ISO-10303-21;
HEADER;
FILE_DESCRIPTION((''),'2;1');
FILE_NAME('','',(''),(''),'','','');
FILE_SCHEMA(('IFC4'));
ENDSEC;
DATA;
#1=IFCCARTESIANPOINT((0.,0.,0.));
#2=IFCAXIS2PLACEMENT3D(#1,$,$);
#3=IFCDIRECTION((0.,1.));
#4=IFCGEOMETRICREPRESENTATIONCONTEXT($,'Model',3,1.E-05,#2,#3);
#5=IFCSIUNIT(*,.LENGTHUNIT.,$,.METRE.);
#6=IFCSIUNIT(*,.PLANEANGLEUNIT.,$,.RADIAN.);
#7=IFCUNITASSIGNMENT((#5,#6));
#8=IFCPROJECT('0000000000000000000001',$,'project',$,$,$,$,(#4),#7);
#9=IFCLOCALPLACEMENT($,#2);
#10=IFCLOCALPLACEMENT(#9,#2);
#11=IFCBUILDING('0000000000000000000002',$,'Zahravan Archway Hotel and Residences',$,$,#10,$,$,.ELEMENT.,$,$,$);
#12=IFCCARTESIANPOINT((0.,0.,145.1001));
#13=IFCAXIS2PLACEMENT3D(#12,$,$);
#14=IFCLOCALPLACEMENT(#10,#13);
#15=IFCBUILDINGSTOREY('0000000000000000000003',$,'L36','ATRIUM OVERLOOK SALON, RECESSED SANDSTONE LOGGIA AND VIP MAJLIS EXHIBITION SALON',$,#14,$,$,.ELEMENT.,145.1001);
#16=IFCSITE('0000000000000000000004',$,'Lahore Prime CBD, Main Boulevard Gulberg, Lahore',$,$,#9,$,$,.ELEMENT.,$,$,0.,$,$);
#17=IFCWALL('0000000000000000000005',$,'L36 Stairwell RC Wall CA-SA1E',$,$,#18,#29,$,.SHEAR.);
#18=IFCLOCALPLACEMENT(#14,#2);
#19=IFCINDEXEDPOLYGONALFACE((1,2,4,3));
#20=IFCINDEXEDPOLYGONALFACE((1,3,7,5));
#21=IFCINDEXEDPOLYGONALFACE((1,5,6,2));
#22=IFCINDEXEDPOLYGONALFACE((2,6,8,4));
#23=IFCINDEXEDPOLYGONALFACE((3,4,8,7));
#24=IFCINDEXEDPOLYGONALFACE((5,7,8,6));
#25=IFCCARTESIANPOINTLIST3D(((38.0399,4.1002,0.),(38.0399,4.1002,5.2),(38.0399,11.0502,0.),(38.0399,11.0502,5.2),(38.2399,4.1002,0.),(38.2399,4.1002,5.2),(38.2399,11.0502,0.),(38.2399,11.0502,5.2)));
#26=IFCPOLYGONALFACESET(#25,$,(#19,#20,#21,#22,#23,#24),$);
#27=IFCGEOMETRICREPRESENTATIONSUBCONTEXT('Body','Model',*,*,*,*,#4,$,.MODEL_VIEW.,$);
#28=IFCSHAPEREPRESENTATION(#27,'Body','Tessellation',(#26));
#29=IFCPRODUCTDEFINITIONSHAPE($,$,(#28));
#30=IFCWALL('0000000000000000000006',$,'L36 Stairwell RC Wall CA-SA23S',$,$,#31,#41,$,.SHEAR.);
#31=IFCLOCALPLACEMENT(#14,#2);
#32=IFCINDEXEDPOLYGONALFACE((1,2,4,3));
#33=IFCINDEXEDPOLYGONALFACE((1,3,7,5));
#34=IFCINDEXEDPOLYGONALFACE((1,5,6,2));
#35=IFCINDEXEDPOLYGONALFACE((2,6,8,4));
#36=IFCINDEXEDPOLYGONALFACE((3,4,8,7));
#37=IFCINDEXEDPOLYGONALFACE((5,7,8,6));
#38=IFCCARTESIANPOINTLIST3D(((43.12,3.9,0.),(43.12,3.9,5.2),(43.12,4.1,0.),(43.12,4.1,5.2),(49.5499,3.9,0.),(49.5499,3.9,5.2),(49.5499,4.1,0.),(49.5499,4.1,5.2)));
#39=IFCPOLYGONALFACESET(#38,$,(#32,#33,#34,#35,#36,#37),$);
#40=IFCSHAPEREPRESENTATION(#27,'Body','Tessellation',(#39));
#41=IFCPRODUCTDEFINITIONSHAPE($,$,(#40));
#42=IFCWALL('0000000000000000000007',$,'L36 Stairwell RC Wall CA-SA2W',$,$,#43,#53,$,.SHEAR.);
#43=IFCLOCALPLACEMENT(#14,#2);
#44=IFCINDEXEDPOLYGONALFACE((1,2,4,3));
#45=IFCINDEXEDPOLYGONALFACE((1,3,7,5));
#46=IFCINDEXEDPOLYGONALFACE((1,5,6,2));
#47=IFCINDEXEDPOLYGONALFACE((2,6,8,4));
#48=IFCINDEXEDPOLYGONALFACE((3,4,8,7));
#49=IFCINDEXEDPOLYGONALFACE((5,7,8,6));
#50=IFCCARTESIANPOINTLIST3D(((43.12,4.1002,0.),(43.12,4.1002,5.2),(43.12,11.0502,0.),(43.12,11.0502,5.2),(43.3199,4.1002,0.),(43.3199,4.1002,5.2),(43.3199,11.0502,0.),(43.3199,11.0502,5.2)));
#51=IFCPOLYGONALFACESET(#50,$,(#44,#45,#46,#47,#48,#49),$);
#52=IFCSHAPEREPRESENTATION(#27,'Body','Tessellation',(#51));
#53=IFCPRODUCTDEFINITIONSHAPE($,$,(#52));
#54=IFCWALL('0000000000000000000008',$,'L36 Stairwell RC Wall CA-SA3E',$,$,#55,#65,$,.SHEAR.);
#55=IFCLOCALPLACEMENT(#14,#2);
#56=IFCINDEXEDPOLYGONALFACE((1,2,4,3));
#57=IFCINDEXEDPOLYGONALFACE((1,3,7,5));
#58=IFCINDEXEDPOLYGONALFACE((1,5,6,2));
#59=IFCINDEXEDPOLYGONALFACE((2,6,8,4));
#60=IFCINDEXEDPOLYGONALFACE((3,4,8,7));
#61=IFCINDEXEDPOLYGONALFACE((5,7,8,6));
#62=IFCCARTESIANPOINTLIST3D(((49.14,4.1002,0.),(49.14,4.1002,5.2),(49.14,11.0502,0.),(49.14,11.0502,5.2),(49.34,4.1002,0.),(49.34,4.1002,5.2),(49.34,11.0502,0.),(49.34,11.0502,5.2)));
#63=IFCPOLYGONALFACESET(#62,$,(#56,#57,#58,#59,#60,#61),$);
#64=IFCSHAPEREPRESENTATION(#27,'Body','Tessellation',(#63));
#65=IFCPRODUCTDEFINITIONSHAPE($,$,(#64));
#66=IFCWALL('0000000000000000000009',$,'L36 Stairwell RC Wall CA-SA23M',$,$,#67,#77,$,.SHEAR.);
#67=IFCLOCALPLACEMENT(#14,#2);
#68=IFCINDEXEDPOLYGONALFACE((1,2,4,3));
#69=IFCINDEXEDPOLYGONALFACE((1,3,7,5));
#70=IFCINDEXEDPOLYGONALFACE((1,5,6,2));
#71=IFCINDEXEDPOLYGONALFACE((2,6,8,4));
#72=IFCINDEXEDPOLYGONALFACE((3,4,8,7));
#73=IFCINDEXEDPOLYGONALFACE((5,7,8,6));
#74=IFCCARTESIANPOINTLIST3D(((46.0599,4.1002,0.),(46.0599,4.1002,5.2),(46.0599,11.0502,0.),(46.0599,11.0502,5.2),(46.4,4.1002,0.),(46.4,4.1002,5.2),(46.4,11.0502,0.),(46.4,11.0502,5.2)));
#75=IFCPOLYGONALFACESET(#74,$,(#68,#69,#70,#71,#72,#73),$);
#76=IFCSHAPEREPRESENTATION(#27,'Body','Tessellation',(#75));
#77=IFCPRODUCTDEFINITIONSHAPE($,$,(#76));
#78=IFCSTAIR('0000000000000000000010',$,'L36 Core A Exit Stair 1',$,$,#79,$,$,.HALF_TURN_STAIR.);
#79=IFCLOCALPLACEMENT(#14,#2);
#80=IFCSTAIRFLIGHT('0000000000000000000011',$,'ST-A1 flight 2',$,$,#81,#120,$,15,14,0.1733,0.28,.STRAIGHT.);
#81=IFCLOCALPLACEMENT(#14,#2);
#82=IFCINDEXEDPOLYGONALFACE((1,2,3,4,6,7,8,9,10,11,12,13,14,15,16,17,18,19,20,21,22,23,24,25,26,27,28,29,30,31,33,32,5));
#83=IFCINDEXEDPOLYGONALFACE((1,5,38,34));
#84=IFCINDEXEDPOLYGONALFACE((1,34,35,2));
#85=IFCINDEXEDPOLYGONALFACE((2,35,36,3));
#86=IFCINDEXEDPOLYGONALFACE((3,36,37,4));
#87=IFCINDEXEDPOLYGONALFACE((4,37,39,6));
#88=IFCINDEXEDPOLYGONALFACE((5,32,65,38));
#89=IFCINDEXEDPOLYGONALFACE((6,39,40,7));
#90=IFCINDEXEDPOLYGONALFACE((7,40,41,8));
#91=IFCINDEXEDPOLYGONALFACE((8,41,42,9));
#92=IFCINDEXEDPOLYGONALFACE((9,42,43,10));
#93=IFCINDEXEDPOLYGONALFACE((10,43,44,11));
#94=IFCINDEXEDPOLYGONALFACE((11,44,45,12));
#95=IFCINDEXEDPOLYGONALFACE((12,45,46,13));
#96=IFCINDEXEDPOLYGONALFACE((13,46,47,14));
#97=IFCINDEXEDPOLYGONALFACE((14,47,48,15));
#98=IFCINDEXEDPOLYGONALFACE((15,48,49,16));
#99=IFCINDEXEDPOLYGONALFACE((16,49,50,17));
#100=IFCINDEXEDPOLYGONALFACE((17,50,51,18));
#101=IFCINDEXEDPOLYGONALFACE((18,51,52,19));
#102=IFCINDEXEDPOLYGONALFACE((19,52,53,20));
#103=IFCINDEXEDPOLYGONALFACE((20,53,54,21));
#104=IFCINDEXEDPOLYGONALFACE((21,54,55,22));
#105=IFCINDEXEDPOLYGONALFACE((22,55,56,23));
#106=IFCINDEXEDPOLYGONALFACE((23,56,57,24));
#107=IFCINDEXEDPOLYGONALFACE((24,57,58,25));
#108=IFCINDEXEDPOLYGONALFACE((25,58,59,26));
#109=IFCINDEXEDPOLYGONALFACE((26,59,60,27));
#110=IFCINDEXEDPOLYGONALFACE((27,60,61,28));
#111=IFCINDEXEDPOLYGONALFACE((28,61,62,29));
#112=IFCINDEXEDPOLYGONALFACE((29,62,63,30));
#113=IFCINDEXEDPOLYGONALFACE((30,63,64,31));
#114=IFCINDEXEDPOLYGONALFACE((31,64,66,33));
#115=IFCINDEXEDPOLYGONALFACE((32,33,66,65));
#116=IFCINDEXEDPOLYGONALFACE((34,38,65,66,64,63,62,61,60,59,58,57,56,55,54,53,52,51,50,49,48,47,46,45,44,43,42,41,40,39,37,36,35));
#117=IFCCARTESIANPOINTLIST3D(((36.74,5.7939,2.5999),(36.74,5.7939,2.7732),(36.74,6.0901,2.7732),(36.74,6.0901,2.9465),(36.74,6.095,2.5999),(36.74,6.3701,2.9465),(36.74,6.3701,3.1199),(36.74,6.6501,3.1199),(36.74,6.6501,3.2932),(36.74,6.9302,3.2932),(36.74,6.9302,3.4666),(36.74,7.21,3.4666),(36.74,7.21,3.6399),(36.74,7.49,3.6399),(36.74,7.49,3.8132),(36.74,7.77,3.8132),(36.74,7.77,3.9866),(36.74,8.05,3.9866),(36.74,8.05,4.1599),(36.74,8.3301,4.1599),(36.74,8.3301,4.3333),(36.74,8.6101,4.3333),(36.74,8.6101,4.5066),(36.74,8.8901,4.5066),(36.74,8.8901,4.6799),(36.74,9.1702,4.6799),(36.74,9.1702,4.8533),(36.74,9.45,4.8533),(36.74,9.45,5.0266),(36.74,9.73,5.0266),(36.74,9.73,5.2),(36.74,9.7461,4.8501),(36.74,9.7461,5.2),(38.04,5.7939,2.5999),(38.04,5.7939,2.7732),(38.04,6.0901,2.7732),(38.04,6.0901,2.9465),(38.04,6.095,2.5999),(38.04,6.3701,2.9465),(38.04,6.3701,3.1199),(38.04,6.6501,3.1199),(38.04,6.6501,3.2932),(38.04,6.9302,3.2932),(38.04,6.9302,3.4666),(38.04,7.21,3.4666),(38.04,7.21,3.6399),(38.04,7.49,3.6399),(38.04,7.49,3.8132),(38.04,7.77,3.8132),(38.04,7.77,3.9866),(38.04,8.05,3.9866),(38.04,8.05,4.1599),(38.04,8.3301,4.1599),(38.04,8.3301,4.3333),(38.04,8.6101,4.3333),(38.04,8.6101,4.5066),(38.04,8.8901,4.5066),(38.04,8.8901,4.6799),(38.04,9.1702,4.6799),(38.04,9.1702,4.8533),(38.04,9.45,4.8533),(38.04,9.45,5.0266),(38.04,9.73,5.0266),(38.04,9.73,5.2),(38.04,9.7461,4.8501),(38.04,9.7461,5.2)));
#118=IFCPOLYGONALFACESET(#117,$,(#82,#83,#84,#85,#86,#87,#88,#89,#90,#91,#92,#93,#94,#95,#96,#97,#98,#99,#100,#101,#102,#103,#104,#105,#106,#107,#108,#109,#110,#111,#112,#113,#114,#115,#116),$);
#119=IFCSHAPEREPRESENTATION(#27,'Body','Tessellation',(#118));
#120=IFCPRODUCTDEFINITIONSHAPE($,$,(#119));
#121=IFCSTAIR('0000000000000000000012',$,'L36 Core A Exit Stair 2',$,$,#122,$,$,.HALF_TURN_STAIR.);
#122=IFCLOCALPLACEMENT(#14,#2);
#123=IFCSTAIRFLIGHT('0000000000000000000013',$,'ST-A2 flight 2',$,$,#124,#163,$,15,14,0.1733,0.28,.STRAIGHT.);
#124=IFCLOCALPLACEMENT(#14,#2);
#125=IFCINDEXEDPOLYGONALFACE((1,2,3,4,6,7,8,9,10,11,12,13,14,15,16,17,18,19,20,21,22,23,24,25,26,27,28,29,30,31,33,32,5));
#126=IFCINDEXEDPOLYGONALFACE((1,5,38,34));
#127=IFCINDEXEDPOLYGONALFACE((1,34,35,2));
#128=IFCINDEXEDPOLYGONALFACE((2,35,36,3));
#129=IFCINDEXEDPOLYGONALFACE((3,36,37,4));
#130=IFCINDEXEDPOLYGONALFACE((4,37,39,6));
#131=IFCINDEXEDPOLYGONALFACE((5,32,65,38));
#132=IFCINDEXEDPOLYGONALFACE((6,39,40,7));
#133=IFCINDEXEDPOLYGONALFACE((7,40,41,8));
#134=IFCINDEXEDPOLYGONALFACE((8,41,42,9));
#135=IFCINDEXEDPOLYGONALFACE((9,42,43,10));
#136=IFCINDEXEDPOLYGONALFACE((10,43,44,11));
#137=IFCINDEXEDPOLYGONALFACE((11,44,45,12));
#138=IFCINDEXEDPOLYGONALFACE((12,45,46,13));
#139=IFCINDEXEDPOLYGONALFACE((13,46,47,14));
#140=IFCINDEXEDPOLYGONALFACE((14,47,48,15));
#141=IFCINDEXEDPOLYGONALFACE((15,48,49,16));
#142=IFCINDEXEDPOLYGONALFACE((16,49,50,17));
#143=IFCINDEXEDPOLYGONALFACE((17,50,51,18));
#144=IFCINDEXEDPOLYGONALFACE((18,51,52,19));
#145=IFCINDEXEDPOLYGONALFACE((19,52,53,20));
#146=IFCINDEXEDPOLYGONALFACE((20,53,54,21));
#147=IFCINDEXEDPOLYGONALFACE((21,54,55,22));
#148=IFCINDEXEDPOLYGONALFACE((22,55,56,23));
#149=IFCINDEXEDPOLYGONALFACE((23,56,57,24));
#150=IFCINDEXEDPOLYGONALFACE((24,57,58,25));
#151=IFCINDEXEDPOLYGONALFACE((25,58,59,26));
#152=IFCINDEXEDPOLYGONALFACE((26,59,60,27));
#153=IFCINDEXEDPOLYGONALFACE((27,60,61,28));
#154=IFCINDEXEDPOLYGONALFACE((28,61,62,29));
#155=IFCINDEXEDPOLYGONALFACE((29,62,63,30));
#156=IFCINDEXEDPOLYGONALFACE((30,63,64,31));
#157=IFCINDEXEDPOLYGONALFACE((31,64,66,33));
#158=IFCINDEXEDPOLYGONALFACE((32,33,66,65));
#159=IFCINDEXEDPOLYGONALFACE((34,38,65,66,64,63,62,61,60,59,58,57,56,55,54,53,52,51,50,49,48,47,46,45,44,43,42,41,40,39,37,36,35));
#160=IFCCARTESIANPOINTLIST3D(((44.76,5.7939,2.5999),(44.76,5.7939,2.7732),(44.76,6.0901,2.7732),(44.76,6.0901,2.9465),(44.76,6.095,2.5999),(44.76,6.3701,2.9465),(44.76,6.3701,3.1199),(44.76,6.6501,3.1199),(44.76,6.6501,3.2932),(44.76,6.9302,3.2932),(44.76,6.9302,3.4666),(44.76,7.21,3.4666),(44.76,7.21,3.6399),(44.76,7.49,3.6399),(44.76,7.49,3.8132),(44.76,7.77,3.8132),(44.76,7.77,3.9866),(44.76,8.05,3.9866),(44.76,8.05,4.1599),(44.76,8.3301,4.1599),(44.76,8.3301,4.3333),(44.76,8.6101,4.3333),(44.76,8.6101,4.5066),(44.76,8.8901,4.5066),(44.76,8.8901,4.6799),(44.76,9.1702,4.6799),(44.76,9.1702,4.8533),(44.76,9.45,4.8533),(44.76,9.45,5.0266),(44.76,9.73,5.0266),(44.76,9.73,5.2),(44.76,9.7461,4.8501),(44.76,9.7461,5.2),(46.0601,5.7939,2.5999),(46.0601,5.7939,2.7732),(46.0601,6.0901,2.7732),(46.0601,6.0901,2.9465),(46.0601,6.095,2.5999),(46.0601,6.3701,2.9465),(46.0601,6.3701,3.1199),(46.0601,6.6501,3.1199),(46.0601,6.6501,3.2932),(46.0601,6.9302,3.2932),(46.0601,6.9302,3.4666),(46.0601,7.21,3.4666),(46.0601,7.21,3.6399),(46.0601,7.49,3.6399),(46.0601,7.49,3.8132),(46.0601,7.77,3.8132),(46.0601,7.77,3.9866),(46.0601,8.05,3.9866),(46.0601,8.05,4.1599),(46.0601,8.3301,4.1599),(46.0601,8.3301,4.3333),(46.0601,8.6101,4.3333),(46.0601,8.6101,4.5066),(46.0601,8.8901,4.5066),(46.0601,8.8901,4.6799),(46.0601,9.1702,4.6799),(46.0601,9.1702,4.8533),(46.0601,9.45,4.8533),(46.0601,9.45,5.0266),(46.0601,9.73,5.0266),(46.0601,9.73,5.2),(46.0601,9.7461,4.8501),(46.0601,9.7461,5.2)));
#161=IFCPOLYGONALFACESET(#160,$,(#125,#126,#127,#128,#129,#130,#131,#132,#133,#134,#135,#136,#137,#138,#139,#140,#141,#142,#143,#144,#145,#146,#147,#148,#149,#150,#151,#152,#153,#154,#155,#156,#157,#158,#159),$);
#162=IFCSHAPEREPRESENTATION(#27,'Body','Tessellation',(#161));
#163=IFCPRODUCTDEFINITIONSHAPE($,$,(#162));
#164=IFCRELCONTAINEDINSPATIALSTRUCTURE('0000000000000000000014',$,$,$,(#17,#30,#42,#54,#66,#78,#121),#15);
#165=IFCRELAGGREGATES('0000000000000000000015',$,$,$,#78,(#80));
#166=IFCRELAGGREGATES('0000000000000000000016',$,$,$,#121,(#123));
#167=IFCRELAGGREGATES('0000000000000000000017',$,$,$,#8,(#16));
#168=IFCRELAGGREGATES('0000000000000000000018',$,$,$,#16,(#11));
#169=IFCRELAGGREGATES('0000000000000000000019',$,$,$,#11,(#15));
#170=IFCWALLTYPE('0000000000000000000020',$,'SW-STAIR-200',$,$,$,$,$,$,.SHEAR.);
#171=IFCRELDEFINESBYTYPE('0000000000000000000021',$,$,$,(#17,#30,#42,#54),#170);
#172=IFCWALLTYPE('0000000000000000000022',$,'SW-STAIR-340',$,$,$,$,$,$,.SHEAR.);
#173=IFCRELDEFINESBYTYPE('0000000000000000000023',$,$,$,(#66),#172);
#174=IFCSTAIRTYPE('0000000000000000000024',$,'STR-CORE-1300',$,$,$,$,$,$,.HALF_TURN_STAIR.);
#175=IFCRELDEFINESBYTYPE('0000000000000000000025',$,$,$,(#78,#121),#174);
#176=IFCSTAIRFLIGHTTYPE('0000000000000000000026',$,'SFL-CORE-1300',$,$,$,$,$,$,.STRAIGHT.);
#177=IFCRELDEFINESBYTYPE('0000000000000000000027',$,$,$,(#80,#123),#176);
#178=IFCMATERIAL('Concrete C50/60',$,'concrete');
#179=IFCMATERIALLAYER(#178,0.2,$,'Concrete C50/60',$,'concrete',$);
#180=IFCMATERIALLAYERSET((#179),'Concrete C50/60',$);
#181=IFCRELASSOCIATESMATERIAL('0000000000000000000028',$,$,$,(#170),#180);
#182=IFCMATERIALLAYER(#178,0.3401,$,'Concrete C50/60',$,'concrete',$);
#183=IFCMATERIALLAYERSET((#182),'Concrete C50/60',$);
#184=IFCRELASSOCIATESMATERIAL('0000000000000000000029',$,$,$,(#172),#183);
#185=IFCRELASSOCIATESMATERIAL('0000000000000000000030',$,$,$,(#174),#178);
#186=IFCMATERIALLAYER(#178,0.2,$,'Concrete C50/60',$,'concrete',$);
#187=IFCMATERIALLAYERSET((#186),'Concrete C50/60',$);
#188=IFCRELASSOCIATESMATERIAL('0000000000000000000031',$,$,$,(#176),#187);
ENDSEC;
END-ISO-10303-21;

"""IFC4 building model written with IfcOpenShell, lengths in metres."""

from ifc_helpers import new_model, si_unit, direction, frame, frame_2d, origin, place, context, subcontext, project, spatial, polyline, rectangle, outline, extrude, source, transform, mapped, material, layer, layer_set, type_object, element, aggregate, save


model = new_model("IFC4")

# Units and contexts
model_context = context("Model", 3, precision=1e-05, world=origin(), true_north=direction((0.0, 1.0)))
body_context = subcontext(model_context, "Body", "Model", "MODEL_VIEW")
ifc_project = project(units=[si_unit("LENGTHUNIT", "METRE"), si_unit("PLANEANGLEUNIT", "RADIAN")], contexts=[model_context])

# Site, building, storey
site_placement = place(None, origin())
site = spatial("IfcSite", under=ifc_project, at=site_placement, Name="Lahore Prime CBD, Main Boulevard Gulberg, Lahore", CompositionType="ELEMENT", RefElevation=0.0)
building_placement = place(site_placement, origin())
building = spatial("IfcBuilding", under=site, at=building_placement, Name="Zahravan Archway Hotel and Residences", CompositionType="ELEMENT")
storey_placement = place(building_placement, frame((0.0, 0.0, 145.1001)))
storey = spatial("IfcBuildingStorey", under=building, at=storey_placement, Name="L36", Description="ATRIUM OVERLOOK SALON, RECESSED SANDSTONE LOGGIA AND VIP MAJLIS EXHIBITION SALON", CompositionType="ELEMENT", Elevation=145.1001)

# Walls
ifc_material_1 = material(Name="Concrete C50/60", Category="concrete")
ifc_layer_1 = layer(ifc_material_1, 0.2, Name="Concrete C50/60", Category="concrete")
ifc_layer_set_1 = layer_set([ifc_layer_1], Name="Concrete C50/60")
wall_type_1 = type_object("IfcWallType", Name="SW-STAIR-200", PredefinedType="SHEAR", material=ifc_layer_set_1)
wall_1_placement = place(storey_placement, frame((38.1399, 4.1001, 0.0), z_axis=(0.0, 0.0, 1.0), x_axis=(0.0, 1.0, 0.0)))
element("IfcWall", 1, at=wall_1_placement, inside=storey, type_object=wall_type_1, Name="L36 Stairwell RC Wall CA-SA1E", PredefinedType="SHEAR", context=body_context, shape_type="SweptSolid", body=[
    extrude(rectangle(XDim=6.95, YDim=0.2, at=frame_2d((3.4751, 0.0))), origin(), (0.0, 0.0, 1.0), 5.2),
])
wall_2_placement = place(storey_placement, frame((43.1201, 4.0, 0.0), z_axis=(0.0, 0.0, 1.0), x_axis=(1.0, 0.0, 0.0)))
element("IfcWall", 2, at=wall_2_placement, inside=storey, type_object=wall_type_1, Name="L36 Stairwell RC Wall CA-SA23S", PredefinedType="SHEAR", context=body_context, shape_type="SweptSolid", body=[
    extrude(rectangle(XDim=6.4299, YDim=0.2, at=frame_2d((3.2148, 0.0))), origin(), (0.0, 0.0, 1.0), 5.2),
])
for number, where, z_axis, x_axis, name in (
    (3, (43.22, 4.1001, 0.0), (0.0, 0.0, 1.0), (0.0, 1.0, 0.0), "L36 Stairwell RC Wall CA-SA2W"),
    (4, (49.24, 4.1001, 0.0), (0.0, 0.0, 1.0), (0.0, 1.0, 0.0), "L36 Stairwell RC Wall CA-SA3E"),
):
    element("IfcWall", number, at=place(storey_placement, frame(where, z_axis=z_axis, x_axis=x_axis)), inside=storey, type_object=wall_type_1, Name=name, PredefinedType="SHEAR", context=body_context, shape_type="SweptSolid", body=[
        extrude(rectangle(XDim=6.95, YDim=0.2, at=frame_2d((3.4751, 0.0))), origin(), (0.0, 0.0, 1.0), 5.2),
    ])
ifc_layer_2 = layer(ifc_material_1, 0.3401, Name="Concrete C50/60", Category="concrete")
ifc_layer_set_2 = layer_set([ifc_layer_2], Name="Concrete C50/60")
wall_type_2 = type_object("IfcWallType", Name="SW-STAIR-340", PredefinedType="SHEAR", material=ifc_layer_set_2)
wall_3_placement = place(storey_placement, frame((46.23, 4.1001, 0.0), z_axis=(0.0, 0.0, 1.0), x_axis=(0.0, 1.0, 0.0)))
element("IfcWall", 5, at=wall_3_placement, inside=storey, type_object=wall_type_2, Name="L36 Stairwell RC Wall CA-SA23M", PredefinedType="SHEAR", context=body_context, shape_type="SweptSolid", body=[
    extrude(rectangle(XDim=6.95, YDim=0.3401, at=frame_2d((3.4751, 0.0))), origin(), (0.0, 0.0, 1.0), 5.2),
])

# Stairs, stair flights
stair_type = type_object("IfcStairType", Name="STR-CORE-1300", PredefinedType="HALF_TURN_STAIR", material=ifc_material_1)
stair_1_placement = place(storey_placement, origin())
stair_1 = element("IfcStair", 6, at=stair_1_placement, inside=storey, type_object=stair_type, Name="L36 Core A Exit Stair 1", PredefinedType="HALF_TURN_STAIR")
ifc_layer_3 = layer(ifc_material_1, 0.2, Name="Concrete C50/60", Category="concrete")
ifc_layer_set_3 = layer_set([ifc_layer_3], Name="Concrete C50/60")
stair_flight_type = type_object("IfcStairFlightType", Name="SFL-CORE-1300", PredefinedType="STRAIGHT", material=ifc_layer_set_3)
shared_shape_1 = source(origin(), body_context, "Body", "SweptSolid", [
    extrude(outline(polyline([(-0.0161, 0.0), (-0.0161, 0.1733), (0.28, 0.1733), (0.28, 0.3467), (0.5601, 0.3467), (0.5601, 0.52), (0.8401, 0.52), (0.8401, 0.6934), (1.1201, 0.6934), (1.1201, 0.8667), (1.3999, 0.8667), (1.3999, 1.04), (1.6799, 1.04), (1.6799, 1.2134), (1.96, 1.2134), (1.96, 1.3867), (2.24, 1.3867), (2.24, 1.5601), (2.52, 1.5601), (2.52, 1.7334), (2.8, 1.7334), (2.8, 1.9067), (3.0801, 1.9067), (3.0801, 2.0801), (3.3601, 2.0801), (3.3601, 2.2534), (3.6399, 2.2534), (3.6399, 2.4268), (3.9199, 2.4268), (3.9199, 2.6001), (3.936, 2.6001), (3.936, 2.2502), (0.2849, 0.0), (-0.0161, 0.0)])), frame((0.0, 0.6499, 0.0), z_axis=(0.0, -1.0, 0.0), x_axis=(1.0, 0.0, 0.0)), (0.0, 0.0, 1.0), 1.3),
])
stair_flight_1_placement = place(storey_placement, frame((37.3899, 5.8101, 2.5999), z_axis=(0.0, 0.0, 1.0), x_axis=(0.0, 1.0, 0.0)))
stair_flight_1 = element("IfcStairFlight", 7, at=stair_flight_1_placement, type_object=stair_flight_type, Name="ST-A1 flight 2", NumberOfRisers=15, NumberOfTreads=14, PredefinedType="STRAIGHT", RiserHeight=0.1733, TreadLength=0.28, context=body_context, shape_type="MappedRepresentation", body=[
    mapped(shared_shape_1, transform((0.0, 0.0, 0.0), scale=1.0)),
])
aggregate(stair_1, [stair_flight_1])
stair_2_placement = place(storey_placement, origin())
stair_2 = element("IfcStair", 8, at=stair_2_placement, inside=storey, type_object=stair_type, Name="L36 Core A Exit Stair 2", PredefinedType="HALF_TURN_STAIR")
stair_flight_2_placement = place(storey_placement, frame((45.4099, 5.8101, 2.5999), z_axis=(0.0, 0.0, 1.0), x_axis=(0.0, 1.0, 0.0)))
stair_flight_2 = element("IfcStairFlight", 9, at=stair_flight_2_placement, type_object=stair_flight_type, Name="ST-A2 flight 2", NumberOfRisers=15, NumberOfTreads=14, PredefinedType="STRAIGHT", RiserHeight=0.1733, TreadLength=0.28, context=body_context, shape_type="MappedRepresentation", body=[
    mapped(shared_shape_1, transform((0.0, 0.0, 0.0), scale=1.0)),
])
aggregate(stair_2, [stair_flight_2])

save(model, "model.ifc")
